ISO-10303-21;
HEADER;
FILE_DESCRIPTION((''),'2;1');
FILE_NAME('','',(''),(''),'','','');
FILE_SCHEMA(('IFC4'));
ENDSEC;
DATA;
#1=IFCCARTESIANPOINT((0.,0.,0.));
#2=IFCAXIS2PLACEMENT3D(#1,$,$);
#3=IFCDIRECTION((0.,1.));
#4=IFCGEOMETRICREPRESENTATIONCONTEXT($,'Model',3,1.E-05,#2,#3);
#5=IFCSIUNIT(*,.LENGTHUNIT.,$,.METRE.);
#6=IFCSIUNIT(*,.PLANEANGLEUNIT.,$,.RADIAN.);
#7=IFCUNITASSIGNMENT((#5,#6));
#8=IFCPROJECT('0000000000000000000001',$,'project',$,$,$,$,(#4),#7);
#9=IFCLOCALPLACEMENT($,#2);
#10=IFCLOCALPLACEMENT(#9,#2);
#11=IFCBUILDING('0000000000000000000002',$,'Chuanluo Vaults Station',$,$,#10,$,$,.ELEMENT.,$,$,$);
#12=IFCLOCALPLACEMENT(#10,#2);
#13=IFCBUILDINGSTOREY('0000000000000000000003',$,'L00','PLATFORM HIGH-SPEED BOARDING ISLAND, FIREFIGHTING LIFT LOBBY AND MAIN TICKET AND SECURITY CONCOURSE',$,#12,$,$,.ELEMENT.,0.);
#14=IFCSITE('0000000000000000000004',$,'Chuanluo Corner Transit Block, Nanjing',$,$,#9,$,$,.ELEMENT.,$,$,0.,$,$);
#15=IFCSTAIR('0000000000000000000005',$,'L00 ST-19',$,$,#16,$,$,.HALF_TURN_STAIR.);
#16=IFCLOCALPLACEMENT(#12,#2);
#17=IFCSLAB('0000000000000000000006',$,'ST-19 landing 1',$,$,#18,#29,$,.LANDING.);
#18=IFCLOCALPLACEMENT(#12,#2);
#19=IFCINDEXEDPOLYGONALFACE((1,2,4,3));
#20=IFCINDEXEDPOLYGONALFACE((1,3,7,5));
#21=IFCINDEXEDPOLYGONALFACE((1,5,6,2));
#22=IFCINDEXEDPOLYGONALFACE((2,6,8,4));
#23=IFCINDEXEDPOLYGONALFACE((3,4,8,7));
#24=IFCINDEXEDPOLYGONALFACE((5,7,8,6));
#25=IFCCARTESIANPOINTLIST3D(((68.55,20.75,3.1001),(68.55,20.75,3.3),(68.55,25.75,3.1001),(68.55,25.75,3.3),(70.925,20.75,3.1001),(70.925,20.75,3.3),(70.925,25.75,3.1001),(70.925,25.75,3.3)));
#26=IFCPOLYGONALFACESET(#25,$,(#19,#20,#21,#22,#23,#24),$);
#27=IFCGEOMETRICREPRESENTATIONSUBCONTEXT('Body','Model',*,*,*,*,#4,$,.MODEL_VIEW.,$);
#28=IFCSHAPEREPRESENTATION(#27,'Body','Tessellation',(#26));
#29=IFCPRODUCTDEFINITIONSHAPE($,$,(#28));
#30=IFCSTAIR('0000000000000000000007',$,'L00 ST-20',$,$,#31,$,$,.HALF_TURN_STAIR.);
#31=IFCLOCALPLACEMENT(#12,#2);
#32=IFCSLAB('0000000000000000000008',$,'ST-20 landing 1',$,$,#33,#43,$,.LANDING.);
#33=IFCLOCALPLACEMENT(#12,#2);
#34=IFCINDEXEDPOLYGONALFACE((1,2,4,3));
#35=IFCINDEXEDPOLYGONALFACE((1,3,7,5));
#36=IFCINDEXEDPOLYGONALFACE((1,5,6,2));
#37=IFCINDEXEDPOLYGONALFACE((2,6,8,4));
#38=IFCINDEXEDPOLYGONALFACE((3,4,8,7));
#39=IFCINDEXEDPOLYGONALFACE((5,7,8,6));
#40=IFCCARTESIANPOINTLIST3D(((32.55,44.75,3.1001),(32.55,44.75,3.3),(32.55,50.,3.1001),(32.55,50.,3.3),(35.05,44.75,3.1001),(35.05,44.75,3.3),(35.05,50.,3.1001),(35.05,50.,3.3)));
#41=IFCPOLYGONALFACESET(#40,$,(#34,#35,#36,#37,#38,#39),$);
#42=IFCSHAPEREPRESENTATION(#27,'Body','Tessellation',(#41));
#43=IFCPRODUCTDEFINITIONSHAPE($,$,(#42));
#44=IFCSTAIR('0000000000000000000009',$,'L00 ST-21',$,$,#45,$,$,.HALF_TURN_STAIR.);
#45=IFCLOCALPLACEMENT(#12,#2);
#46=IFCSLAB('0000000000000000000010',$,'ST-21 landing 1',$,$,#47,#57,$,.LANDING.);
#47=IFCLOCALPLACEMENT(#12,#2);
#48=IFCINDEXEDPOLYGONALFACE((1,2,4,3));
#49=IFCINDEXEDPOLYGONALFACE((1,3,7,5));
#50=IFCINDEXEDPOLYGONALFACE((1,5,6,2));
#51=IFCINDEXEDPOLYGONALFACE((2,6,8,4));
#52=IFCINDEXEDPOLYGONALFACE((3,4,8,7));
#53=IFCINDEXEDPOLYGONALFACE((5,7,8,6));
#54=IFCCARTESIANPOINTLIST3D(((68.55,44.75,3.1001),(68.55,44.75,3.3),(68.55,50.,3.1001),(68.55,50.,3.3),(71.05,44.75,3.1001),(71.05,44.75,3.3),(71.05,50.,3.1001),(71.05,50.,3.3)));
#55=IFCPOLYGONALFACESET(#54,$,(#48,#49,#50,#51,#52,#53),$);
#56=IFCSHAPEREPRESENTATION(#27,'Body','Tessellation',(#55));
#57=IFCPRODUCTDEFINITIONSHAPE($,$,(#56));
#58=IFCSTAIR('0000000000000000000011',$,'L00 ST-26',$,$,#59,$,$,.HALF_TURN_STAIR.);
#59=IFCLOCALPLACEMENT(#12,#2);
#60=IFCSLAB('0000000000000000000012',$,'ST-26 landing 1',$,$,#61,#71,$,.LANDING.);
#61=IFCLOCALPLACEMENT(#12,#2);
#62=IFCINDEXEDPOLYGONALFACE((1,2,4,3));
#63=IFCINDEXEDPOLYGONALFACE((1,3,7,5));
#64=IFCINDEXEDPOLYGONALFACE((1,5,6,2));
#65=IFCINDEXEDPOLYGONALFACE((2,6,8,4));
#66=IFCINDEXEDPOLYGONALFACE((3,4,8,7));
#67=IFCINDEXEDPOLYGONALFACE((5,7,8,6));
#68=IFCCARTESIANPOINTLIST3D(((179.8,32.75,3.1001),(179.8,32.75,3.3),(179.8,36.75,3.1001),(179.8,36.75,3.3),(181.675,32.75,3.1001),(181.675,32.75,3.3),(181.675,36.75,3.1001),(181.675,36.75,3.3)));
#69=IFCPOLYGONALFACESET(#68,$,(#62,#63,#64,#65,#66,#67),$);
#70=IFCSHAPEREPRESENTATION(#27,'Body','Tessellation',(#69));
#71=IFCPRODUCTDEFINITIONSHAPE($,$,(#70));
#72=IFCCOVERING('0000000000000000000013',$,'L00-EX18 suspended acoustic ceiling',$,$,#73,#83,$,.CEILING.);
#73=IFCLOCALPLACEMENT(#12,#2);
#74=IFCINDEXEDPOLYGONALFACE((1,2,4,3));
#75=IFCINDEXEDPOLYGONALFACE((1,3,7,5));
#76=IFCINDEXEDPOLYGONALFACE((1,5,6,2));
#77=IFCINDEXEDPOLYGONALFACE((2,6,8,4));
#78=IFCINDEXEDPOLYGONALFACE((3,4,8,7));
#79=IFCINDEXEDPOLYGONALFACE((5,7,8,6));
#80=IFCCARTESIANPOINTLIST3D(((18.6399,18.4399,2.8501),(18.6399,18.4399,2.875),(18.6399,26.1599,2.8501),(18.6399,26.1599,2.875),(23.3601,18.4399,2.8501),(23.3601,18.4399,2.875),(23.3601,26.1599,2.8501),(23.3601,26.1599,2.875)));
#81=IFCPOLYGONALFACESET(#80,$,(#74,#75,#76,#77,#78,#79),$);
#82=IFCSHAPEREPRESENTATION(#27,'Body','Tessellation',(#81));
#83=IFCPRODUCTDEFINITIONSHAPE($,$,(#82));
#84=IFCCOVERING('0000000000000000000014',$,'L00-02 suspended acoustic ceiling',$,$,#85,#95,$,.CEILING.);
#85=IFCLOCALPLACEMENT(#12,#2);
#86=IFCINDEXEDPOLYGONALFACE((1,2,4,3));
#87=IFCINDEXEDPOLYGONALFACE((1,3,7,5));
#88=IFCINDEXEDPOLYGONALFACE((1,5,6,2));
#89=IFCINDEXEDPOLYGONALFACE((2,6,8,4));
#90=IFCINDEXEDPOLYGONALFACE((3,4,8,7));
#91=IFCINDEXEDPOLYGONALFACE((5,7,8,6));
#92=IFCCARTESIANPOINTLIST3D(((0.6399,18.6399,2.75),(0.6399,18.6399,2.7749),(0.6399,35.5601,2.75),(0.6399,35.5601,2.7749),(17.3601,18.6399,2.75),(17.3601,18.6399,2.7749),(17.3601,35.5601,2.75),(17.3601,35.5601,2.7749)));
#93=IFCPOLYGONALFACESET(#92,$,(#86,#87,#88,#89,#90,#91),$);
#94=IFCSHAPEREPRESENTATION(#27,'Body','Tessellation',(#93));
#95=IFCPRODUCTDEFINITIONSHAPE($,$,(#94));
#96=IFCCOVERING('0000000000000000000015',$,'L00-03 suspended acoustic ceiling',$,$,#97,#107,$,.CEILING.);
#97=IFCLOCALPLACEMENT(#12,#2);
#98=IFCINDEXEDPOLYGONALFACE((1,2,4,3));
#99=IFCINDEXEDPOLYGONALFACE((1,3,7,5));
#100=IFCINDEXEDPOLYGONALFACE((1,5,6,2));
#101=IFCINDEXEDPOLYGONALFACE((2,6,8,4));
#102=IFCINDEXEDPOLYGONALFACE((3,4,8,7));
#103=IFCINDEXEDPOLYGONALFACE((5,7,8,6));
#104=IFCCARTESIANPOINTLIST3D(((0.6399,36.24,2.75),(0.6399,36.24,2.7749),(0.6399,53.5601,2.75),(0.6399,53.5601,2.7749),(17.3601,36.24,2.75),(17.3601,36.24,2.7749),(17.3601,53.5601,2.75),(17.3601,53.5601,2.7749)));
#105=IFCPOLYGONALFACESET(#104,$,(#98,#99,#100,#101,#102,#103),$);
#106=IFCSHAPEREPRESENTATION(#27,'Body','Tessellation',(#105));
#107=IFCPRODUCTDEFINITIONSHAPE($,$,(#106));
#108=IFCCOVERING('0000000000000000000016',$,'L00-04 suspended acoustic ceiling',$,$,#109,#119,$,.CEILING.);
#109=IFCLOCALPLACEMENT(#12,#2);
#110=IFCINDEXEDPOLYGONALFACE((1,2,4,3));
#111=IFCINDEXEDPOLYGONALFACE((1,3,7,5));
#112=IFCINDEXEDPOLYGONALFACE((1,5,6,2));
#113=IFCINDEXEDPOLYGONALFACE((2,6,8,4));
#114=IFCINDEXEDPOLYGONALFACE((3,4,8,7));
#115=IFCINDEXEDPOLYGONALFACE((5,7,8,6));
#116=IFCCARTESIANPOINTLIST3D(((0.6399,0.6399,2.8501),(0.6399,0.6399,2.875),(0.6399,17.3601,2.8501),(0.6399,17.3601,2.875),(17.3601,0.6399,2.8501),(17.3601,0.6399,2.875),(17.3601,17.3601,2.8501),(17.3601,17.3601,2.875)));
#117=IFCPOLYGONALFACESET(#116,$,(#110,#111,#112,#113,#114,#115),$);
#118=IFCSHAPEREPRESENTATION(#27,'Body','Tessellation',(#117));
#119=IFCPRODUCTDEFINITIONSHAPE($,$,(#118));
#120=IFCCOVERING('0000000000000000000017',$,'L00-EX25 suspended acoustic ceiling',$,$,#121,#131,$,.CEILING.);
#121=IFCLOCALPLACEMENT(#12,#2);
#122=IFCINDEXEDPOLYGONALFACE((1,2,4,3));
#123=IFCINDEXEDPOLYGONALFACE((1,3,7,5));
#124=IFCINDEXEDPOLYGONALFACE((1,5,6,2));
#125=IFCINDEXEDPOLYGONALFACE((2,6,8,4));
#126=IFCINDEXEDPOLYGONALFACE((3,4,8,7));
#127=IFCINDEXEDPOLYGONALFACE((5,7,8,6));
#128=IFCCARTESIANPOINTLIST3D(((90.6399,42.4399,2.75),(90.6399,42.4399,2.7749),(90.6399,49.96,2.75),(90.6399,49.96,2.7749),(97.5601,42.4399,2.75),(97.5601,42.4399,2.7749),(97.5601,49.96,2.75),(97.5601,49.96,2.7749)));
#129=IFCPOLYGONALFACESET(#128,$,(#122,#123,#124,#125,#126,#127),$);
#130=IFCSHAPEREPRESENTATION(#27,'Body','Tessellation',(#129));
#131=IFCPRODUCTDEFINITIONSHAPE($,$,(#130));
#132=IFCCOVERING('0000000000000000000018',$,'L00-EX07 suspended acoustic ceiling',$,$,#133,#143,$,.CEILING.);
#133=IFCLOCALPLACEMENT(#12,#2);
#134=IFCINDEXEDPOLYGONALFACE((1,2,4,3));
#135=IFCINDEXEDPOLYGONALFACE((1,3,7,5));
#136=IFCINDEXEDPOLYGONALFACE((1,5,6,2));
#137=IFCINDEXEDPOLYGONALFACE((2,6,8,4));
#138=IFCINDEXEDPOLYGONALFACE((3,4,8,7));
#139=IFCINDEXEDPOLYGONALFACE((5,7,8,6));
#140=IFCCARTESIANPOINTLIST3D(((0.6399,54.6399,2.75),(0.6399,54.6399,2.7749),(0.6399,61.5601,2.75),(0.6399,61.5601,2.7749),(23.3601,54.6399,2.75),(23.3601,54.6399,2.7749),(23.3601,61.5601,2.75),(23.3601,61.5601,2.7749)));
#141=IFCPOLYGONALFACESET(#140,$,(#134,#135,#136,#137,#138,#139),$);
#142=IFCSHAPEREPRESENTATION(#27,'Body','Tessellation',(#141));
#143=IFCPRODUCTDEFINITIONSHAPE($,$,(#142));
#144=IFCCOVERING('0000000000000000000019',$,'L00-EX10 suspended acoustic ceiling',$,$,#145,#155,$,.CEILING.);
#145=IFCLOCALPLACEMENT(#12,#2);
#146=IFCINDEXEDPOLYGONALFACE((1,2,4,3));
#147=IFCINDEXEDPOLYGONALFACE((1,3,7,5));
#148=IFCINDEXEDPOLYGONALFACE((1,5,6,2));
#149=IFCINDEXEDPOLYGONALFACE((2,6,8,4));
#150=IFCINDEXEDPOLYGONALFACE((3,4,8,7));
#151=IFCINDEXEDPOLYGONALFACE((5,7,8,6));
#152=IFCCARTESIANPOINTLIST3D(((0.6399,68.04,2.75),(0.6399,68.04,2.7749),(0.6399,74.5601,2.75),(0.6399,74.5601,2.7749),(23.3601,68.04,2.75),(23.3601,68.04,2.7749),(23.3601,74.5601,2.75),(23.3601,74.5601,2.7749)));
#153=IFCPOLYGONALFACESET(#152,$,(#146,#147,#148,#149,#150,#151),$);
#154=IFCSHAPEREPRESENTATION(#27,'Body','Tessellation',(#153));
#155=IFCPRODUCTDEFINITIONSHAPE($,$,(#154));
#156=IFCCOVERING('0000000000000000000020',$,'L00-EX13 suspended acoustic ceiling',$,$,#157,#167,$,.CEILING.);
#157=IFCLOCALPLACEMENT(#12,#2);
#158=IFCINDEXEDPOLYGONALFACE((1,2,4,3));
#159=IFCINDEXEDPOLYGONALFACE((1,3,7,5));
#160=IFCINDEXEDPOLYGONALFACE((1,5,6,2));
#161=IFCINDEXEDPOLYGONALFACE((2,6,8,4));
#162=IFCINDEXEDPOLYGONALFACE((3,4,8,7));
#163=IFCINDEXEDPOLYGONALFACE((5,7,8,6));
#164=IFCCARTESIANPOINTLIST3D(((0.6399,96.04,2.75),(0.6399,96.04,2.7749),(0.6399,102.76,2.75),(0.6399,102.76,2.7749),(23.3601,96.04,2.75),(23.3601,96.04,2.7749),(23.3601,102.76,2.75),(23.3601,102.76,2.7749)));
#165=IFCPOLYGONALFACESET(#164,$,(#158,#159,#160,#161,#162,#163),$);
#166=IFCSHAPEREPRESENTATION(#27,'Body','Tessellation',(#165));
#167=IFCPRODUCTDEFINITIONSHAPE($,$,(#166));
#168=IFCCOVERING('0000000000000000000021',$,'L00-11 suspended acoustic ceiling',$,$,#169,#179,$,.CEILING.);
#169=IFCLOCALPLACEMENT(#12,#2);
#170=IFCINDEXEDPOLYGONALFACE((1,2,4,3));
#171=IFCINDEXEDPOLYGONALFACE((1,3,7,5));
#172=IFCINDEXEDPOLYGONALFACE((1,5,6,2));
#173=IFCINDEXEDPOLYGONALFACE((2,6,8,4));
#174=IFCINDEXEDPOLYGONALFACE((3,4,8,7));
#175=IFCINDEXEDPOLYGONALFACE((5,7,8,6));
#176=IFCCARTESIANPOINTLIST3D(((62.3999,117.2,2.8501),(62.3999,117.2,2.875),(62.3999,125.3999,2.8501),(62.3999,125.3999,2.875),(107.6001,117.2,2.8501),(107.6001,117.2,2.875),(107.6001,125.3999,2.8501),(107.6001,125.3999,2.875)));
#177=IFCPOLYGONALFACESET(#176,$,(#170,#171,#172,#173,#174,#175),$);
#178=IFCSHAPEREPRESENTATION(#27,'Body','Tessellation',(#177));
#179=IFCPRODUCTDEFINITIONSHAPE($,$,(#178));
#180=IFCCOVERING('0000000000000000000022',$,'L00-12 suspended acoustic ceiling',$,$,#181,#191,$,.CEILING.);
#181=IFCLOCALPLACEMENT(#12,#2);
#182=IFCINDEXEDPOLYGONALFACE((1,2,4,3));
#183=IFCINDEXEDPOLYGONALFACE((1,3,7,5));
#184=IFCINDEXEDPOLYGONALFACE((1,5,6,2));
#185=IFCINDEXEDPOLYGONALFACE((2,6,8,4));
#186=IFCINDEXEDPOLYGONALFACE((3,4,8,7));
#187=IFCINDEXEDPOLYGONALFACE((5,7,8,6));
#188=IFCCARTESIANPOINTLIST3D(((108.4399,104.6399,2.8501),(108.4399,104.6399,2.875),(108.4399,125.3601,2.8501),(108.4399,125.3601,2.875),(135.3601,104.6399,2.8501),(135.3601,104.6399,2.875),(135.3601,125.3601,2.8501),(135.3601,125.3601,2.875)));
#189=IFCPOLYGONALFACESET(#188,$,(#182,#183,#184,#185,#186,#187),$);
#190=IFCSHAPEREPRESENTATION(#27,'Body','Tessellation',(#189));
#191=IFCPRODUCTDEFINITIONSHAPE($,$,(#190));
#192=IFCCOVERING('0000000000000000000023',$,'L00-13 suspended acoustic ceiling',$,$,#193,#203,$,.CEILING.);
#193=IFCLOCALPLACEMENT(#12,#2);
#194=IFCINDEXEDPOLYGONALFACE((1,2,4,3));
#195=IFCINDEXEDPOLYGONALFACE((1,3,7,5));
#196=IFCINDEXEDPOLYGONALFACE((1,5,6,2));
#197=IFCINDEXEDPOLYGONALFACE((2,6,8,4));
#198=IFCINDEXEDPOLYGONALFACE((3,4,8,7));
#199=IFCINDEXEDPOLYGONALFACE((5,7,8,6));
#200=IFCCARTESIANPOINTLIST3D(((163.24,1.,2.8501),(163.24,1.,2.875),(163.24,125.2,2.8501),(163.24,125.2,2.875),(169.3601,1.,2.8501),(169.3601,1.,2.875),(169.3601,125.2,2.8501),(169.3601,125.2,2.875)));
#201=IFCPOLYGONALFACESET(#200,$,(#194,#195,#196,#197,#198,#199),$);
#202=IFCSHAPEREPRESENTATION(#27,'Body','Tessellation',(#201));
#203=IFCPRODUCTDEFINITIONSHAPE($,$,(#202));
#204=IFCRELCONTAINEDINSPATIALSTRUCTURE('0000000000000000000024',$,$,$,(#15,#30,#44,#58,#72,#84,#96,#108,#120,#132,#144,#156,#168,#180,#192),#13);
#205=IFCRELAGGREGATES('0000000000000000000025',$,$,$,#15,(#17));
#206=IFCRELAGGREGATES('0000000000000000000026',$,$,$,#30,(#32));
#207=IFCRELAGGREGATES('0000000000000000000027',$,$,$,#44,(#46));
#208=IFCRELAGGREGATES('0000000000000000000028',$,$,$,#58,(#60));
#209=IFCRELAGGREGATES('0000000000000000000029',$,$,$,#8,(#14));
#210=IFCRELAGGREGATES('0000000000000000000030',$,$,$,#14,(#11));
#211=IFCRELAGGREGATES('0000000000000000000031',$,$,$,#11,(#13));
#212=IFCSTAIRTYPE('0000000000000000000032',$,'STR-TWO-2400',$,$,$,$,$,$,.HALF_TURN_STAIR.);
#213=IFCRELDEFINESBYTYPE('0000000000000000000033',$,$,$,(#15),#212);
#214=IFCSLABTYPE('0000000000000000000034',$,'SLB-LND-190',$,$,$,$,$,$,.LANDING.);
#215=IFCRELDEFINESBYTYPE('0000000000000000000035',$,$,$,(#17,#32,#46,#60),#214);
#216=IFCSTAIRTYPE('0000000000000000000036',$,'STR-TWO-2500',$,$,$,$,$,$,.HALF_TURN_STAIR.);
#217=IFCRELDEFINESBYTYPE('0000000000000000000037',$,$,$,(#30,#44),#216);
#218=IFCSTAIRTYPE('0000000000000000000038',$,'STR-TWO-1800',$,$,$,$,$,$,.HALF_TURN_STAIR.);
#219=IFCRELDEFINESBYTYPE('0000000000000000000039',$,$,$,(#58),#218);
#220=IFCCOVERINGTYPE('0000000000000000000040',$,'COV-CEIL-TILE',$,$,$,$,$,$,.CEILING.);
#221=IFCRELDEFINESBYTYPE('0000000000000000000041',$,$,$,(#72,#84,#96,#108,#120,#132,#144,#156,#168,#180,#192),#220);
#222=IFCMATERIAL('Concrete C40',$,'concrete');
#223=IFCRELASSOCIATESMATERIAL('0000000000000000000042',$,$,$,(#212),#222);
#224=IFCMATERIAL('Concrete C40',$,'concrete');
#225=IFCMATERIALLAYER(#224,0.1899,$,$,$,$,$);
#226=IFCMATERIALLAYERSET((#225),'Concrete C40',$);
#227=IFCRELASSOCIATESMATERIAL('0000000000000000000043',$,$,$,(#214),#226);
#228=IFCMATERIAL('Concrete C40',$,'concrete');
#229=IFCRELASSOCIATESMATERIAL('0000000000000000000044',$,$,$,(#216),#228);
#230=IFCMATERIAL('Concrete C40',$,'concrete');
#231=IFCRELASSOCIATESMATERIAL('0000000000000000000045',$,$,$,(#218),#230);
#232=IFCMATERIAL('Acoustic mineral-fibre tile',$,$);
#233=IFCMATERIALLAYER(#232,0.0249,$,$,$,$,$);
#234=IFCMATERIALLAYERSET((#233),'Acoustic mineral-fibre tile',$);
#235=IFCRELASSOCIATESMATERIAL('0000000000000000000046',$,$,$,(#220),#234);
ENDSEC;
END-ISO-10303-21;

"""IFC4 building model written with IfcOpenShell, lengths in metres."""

from ifc_helpers import new_model, si_unit, direction, frame, origin, place, context, subcontext, project, spatial, polyline, outline, extrude, material, layer, layer_set, type_object, element, aggregate, save


model = new_model("IFC4")

# Units and contexts
model_context = context("Model", 3, precision=1e-05, world=origin(), true_north=direction((0.0, 1.0)))
body_context = subcontext(model_context, "Body", "Model", "MODEL_VIEW")
ifc_project = project(units=[si_unit("LENGTHUNIT", "METRE"), si_unit("PLANEANGLEUNIT", "RADIAN")], contexts=[model_context])

# Site, building, storey
site_placement = place(None, origin())
site = spatial("IfcSite", under=ifc_project, at=site_placement, Name="Chuanluo Corner Transit Block, Nanjing", CompositionType="ELEMENT", RefElevation=0.0)
building_placement = place(site_placement, origin())
building = spatial("IfcBuilding", under=site, at=building_placement, Name="Chuanluo Vaults Station", CompositionType="ELEMENT")
storey_placement = place(building_placement, origin())
storey = spatial("IfcBuildingStorey", under=building, at=storey_placement, Name="L00", Description="PLATFORM HIGH-SPEED BOARDING ISLAND, FIREFIGHTING LIFT LOBBY AND MAIN TICKET AND SECURITY CONCOURSE", CompositionType="ELEMENT", Elevation=0.0)

# Stairs, slabs
ifc_material_1 = material(Name="Concrete C40", Category="concrete")
stair_type_1 = type_object("IfcStairType", Name="STR-TWO-2400", PredefinedType="HALF_TURN_STAIR", material=ifc_material_1)
stair_1_placement = place(storey_placement, origin())
stair_1 = element("IfcStair", 1, at=stair_1_placement, inside=storey, type_object=stair_type_1, Name="L00 ST-19", PredefinedType="HALF_TURN_STAIR")
ifc_material_2 = material(Name="Concrete C40", Category="concrete")
ifc_layer_1 = layer(ifc_material_2, 0.1899)
ifc_layer_set_1 = layer_set([ifc_layer_1], Name="Concrete C40")
slab_type = type_object("IfcSlabType", Name="SLB-LND-190", PredefinedType="LANDING", material=ifc_layer_set_1)
slab_1_placement = place(storey_placement, frame((0.0, 0.0, 3.1001)))
slab_1 = element("IfcSlab", 2, at=slab_1_placement, type_object=slab_type, Name="ST-19 landing 1", PredefinedType="LANDING", context=body_context, shape_type="SweptSolid", body=[
    extrude(outline(polyline([(68.55, 20.75), (70.925, 20.75), (70.925, 25.75), (68.55, 25.75), (68.55, 20.75)])), origin(), (0.0, 0.0, 1.0), 0.2),
])
aggregate(stair_1, [slab_1])
ifc_material_3 = material(Name="Concrete C40", Category="concrete")
stair_type_2 = type_object("IfcStairType", Name="STR-TWO-2500", PredefinedType="HALF_TURN_STAIR", material=ifc_material_3)
stair_2_placement = place(storey_placement, origin())
stair_2 = element("IfcStair", 3, at=stair_2_placement, inside=storey, type_object=stair_type_2, Name="L00 ST-20", PredefinedType="HALF_TURN_STAIR")
slab_2_placement = place(storey_placement, frame((0.0, 0.0, 3.1001)))
slab_2 = element("IfcSlab", 4, at=slab_2_placement, type_object=slab_type, Name="ST-20 landing 1", PredefinedType="LANDING", context=body_context, shape_type="SweptSolid", body=[
    extrude(outline(polyline([(32.55, 44.75), (35.05, 44.75), (35.05, 50.0), (32.55, 50.0), (32.55, 44.75)])), origin(), (0.0, 0.0, 1.0), 0.2),
])
aggregate(stair_2, [slab_2])
stair_3_placement = place(storey_placement, origin())
stair_3 = element("IfcStair", 5, at=stair_3_placement, inside=storey, type_object=stair_type_2, Name="L00 ST-21", PredefinedType="HALF_TURN_STAIR")
slab_3_placement = place(storey_placement, frame((0.0, 0.0, 3.1001)))
slab_3 = element("IfcSlab", 6, at=slab_3_placement, type_object=slab_type, Name="ST-21 landing 1", PredefinedType="LANDING", context=body_context, shape_type="SweptSolid", body=[
    extrude(outline(polyline([(68.55, 44.75), (71.05, 44.75), (71.05, 50.0), (68.55, 50.0), (68.55, 44.75)])), origin(), (0.0, 0.0, 1.0), 0.2),
])
aggregate(stair_3, [slab_3])
ifc_material_4 = material(Name="Concrete C40", Category="concrete")
stair_type_3 = type_object("IfcStairType", Name="STR-TWO-1800", PredefinedType="HALF_TURN_STAIR", material=ifc_material_4)
stair_4_placement = place(storey_placement, origin())
stair_4 = element("IfcStair", 7, at=stair_4_placement, inside=storey, type_object=stair_type_3, Name="L00 ST-26", PredefinedType="HALF_TURN_STAIR")
slab_4_placement = place(storey_placement, frame((0.0, 0.0, 3.1001)))
slab_4 = element("IfcSlab", 8, at=slab_4_placement, type_object=slab_type, Name="ST-26 landing 1", PredefinedType="LANDING", context=body_context, shape_type="SweptSolid", body=[
    extrude(outline(polyline([(179.8, 32.75), (181.675, 32.75), (181.675, 36.75), (179.8, 36.75), (179.8, 32.75)])), origin(), (0.0, 0.0, 1.0), 0.2),
])
aggregate(stair_4, [slab_4])

# Coverings
ifc_material_5 = material(Name="Acoustic mineral-fibre tile")
ifc_layer_2 = layer(ifc_material_5, 0.0249)
ifc_layer_set_2 = layer_set([ifc_layer_2], Name="Acoustic mineral-fibre tile")
covering_type_1 = type_object("IfcCoveringType", Name="COV-CEIL-TILE", PredefinedType="CEILING", material=ifc_layer_set_2)
covering_1_placement = place(storey_placement, frame((0.0, 0.0, 2.8501)))
element("IfcCovering", 9, at=covering_1_placement, inside=storey, type_object=covering_type_1, Name="L00-EX18 suspended acoustic ceiling", PredefinedType="CEILING", context=body_context, shape_type="SweptSolid", body=[
    extrude(outline(polyline([(18.6399, 18.4399), (23.3601, 18.4399), (23.3601, 26.1599), (18.6399, 26.1599), (18.6399, 18.4399)])), origin(), (0.0, 0.0, 1.0), 0.0249),
])
covering_2_placement = place(storey_placement, frame((0.0, 0.0, 2.75)))
element("IfcCovering", 10, at=covering_2_placement, inside=storey, type_object=covering_type_1, Name="L00-02 suspended acoustic ceiling", PredefinedType="CEILING", context=body_context, shape_type="SweptSolid", body=[
    extrude(outline(polyline([(0.6399, 18.6399), (17.3601, 18.6399), (17.3601, 35.5601), (0.6399, 35.5601), (0.6399, 18.6399)])), origin(), (0.0, 0.0, 1.0), 0.0249),
])
covering_3_placement = place(storey_placement, frame((0.0, 0.0, 2.75)))
element("IfcCovering", 11, at=covering_3_placement, inside=storey, type_object=covering_type_1, Name="L00-03 suspended acoustic ceiling", PredefinedType="CEILING", context=body_context, shape_type="SweptSolid", body=[
    extrude(outline(polyline([(0.6399, 36.24), (17.3601, 36.24), (17.3601, 53.5601), (0.6399, 53.5601), (0.6399, 36.24)])), origin(), (0.0, 0.0, 1.0), 0.0249),
])
covering_4_placement = place(storey_placement, frame((0.0, 0.0, 2.8501)))
element("IfcCovering", 12, at=covering_4_placement, inside=storey, type_object=covering_type_1, Name="L00-04 suspended acoustic ceiling", PredefinedType="CEILING", context=body_context, shape_type="SweptSolid", body=[
    extrude(outline(polyline([(0.6399, 0.6399), (17.3601, 0.6399), (17.3601, 17.3601), (0.6399, 17.3601), (0.6399, 0.6399)])), origin(), (0.0, 0.0, 1.0), 0.0249),
])
covering_5_placement = place(storey_placement, frame((0.0, 0.0, 2.75)))
element("IfcCovering", 13, at=covering_5_placement, inside=storey, type_object=covering_type_1, Name="L00-EX25 suspended acoustic ceiling", PredefinedType="CEILING", context=body_context, shape_type="SweptSolid", body=[
    extrude(outline(polyline([(90.6399, 42.4399), (97.5601, 42.4399), (97.5601, 49.96), (90.6399, 49.96), (90.6399, 42.4399)])), origin(), (0.0, 0.0, 1.0), 0.0249),
])
covering_6_placement = place(storey_placement, frame((0.0, 0.0, 2.75)))
element("IfcCovering", 14, at=covering_6_placement, inside=storey, type_object=covering_type_1, Name="L00-EX07 suspended acoustic ceiling", PredefinedType="CEILING", context=body_context, shape_type="SweptSolid", body=[
    extrude(outline(polyline([(0.6399, 54.6399), (23.3601, 54.6399), (23.3601, 61.5601), (0.6399, 61.5601), (0.6399, 54.6399)])), origin(), (0.0, 0.0, 1.0), 0.0249),
])
covering_7_placement = place(storey_placement, frame((0.0, 0.0, 2.75)))
element("IfcCovering", 15, at=covering_7_placement, inside=storey, type_object=covering_type_1, Name="L00-EX10 suspended acoustic ceiling", PredefinedType="CEILING", context=body_context, shape_type="SweptSolid", body=[
    extrude(outline(polyline([(0.6399, 68.04), (23.3601, 68.04), (23.3601, 74.5601), (0.6399, 74.5601), (0.6399, 68.04)])), origin(), (0.0, 0.0, 1.0), 0.0249),
])
covering_8_placement = place(storey_placement, frame((0.0, 0.0, 2.75)))
element("IfcCovering", 16, at=covering_8_placement, inside=storey, type_object=covering_type_1, Name="L00-EX13 suspended acoustic ceiling", PredefinedType="CEILING", context=body_context, shape_type="SweptSolid", body=[
    extrude(outline(polyline([(0.6399, 96.04), (23.3601, 96.04), (23.3601, 102.76), (0.6399, 102.76), (0.6399, 96.04)])), origin(), (0.0, 0.0, 1.0), 0.0249),
])
covering_9_placement = place(storey_placement, frame((0.0, 0.0, 2.8501)))
element("IfcCovering", 17, at=covering_9_placement, inside=storey, type_object=covering_type_1, Name="L00-11 suspended acoustic ceiling", PredefinedType="CEILING", context=body_context, shape_type="SweptSolid", body=[
    extrude(outline(polyline([(62.3999, 117.2), (107.6001, 117.2), (107.6001, 125.3999), (62.3999, 125.3999), (62.3999, 117.2)])), origin(), (0.0, 0.0, 1.0), 0.0249),
])
covering_10_placement = place(storey_placement, frame((0.0, 0.0, 2.8501)))
element("IfcCovering", 18, at=covering_10_placement, inside=storey, type_object=covering_type_1, Name="L00-12 suspended acoustic ceiling", PredefinedType="CEILING", context=body_context, shape_type="SweptSolid", body=[
    extrude(outline(polyline([(108.4399, 104.6399), (135.3601, 104.6399), (135.3601, 125.3601), (108.4399, 125.3601), (108.4399, 104.6399)])), origin(), (0.0, 0.0, 1.0), 0.0249),
])
covering_11_placement = place(storey_placement, frame((0.0, 0.0, 2.8501)))
element("IfcCovering", 19, at=covering_11_placement, inside=storey, type_object=covering_type_1, Name="L00-13 suspended acoustic ceiling", PredefinedType="CEILING", context=body_context, shape_type="SweptSolid", body=[
    extrude(outline(polyline([(163.24, 1.0), (169.3601, 1.0), (169.3601, 125.2), (163.24, 125.2), (163.24, 1.0)])), origin(), (0.0, 0.0, 1.0), 0.0249),
])

save(model, "model.ifc")
